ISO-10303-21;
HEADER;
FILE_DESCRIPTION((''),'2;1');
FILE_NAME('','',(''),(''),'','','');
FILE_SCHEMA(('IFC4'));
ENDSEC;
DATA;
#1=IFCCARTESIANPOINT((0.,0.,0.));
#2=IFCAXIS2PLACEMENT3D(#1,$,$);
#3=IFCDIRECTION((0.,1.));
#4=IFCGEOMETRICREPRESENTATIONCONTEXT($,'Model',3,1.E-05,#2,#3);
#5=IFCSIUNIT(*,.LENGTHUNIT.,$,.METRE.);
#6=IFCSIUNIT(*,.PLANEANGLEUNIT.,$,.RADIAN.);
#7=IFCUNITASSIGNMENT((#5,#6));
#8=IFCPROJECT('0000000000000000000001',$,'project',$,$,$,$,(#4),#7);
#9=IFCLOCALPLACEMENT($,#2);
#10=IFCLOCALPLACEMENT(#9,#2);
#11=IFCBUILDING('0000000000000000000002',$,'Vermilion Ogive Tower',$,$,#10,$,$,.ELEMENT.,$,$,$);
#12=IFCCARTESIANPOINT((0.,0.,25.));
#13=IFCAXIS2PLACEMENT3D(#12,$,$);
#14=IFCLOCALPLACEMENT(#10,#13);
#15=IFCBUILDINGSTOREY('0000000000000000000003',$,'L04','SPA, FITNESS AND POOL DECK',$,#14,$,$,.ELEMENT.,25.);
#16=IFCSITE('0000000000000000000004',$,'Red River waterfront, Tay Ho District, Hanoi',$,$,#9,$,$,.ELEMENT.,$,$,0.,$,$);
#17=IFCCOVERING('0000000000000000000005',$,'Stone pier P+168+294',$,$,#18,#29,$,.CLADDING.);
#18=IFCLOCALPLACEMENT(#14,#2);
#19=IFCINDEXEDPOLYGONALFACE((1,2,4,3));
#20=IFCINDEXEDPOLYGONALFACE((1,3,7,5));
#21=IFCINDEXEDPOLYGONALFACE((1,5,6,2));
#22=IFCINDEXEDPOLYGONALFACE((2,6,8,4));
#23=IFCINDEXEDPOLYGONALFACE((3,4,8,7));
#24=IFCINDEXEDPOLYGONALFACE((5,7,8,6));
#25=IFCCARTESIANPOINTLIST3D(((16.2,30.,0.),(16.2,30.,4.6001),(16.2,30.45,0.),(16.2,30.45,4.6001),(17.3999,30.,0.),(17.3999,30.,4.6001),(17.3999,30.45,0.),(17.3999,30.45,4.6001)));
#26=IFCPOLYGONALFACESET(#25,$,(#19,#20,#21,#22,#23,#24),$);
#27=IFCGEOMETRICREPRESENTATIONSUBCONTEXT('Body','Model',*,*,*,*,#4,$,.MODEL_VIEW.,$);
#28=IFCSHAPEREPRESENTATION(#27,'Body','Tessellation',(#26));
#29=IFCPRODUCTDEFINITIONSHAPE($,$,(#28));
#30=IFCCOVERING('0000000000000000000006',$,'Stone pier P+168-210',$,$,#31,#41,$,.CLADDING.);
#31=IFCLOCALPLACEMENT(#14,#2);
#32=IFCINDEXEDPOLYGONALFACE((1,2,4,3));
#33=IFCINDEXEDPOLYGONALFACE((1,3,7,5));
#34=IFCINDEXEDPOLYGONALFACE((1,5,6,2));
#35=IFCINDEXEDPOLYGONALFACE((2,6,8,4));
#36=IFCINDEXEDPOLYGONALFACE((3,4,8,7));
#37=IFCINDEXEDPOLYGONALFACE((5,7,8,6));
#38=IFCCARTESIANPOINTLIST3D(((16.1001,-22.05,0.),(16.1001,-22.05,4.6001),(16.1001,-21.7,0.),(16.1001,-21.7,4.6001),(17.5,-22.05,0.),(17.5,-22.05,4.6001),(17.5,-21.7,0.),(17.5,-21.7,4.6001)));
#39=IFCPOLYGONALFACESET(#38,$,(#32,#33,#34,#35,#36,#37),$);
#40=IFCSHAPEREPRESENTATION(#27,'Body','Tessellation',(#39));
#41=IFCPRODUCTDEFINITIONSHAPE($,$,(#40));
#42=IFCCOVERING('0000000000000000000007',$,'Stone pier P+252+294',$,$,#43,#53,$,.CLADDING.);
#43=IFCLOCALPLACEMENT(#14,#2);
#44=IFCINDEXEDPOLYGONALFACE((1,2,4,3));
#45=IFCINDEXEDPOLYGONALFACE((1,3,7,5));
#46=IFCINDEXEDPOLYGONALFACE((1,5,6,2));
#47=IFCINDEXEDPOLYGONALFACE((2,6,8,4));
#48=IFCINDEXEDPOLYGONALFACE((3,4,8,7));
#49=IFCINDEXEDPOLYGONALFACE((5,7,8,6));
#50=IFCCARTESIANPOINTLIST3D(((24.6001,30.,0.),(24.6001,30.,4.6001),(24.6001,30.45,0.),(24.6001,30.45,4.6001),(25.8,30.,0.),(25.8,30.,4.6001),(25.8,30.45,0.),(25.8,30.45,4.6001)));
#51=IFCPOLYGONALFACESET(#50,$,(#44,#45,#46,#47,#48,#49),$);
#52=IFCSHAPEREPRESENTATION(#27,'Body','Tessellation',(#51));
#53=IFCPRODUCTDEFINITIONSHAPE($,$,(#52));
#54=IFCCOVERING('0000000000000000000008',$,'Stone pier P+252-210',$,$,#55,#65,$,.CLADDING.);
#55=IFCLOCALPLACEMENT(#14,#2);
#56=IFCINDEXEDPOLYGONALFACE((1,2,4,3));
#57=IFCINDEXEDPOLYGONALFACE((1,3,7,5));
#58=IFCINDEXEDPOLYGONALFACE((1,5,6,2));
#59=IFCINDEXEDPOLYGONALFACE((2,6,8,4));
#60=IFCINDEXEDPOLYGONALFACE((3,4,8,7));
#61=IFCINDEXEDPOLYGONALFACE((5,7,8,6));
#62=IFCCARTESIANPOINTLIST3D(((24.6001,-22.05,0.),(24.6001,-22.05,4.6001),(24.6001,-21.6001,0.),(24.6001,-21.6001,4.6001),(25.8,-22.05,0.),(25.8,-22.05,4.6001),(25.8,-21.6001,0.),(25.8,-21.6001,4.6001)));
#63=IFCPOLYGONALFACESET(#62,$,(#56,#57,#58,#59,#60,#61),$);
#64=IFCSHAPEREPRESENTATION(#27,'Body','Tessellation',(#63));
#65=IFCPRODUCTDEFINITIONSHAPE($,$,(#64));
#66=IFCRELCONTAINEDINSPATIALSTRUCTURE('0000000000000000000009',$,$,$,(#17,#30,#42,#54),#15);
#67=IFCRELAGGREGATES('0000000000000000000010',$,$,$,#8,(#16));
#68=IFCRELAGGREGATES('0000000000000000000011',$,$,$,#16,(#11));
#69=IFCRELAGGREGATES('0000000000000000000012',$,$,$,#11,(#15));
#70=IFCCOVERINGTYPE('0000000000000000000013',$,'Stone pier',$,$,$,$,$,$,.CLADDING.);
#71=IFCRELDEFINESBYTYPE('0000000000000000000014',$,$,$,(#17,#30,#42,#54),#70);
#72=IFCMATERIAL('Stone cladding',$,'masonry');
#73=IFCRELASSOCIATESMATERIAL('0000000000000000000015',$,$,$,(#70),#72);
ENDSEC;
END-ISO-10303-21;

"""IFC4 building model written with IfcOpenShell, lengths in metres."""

from ifc_helpers import new_model, si_unit, direction, frame, origin, place, context, subcontext, project, spatial, polyline, outline, extrude, material, type_object, element, save


model = new_model("IFC4")

# Units and contexts
model_context = context("Model", 3, precision=1e-05, world=origin(), true_north=direction((0.0, 1.0)))
body_context = subcontext(model_context, "Body", "Model", "MODEL_VIEW")
ifc_project = project(units=[si_unit("LENGTHUNIT", "METRE"), si_unit("PLANEANGLEUNIT", "RADIAN")], contexts=[model_context])

# Site, building, storey
site_placement = place(None, origin())
site = spatial("IfcSite", under=ifc_project, at=site_placement, Name="Red River waterfront, Tay Ho District, Hanoi", CompositionType="ELEMENT", RefElevation=0.0)
building_placement = place(site_placement, origin())
building = spatial("IfcBuilding", under=site, at=building_placement, Name="Vermilion Ogive Tower", CompositionType="ELEMENT")
storey_placement = place(building_placement, frame((0.0, 0.0, 25.0)))
storey = spatial("IfcBuildingStorey", under=building, at=storey_placement, Name="L04", Description="SPA, FITNESS AND POOL DECK", CompositionType="ELEMENT", Elevation=25.0)

# Coverings
ifc_material_1 = material(Name="Stone cladding", Category="masonry")
covering_type = type_object("IfcCoveringType", Name="Stone pier", PredefinedType="CLADDING", material=ifc_material_1)
covering_1_placement = place(storey_placement, origin())
element("IfcCovering", 1, at=covering_1_placement, inside=storey, type_object=covering_type, Name="Stone pier P+168+294", PredefinedType="CLADDING", context=body_context, shape_type="SweptSolid", body=[
    extrude(outline(polyline([(16.2, 30.45), (17.3999, 30.45), (17.3999, 30.0), (16.2, 30.0), (16.2, 30.45)])), origin(), (0.0, 0.0, 1.0), 4.6001),
])
covering_2_placement = place(storey_placement, origin())
element("IfcCovering", 2, at=covering_2_placement, inside=storey, type_object=covering_type, Name="Stone pier P+168-210", PredefinedType="CLADDING", context=body_context, shape_type="SweptSolid", body=[
    extrude(outline(polyline([(17.5, -21.7), (17.5, -21.7), (17.5, -22.05), (16.1001, -22.05), (16.1001, -21.7), (16.1001, -21.7), (17.5, -21.7)])), origin(), (0.0, 0.0, 1.0), 4.6001),
])
covering_3_placement = place(storey_placement, origin())
element("IfcCovering", 3, at=covering_3_placement, inside=storey, type_object=covering_type, Name="Stone pier P+252+294", PredefinedType="CLADDING", context=body_context, shape_type="SweptSolid", body=[
    extrude(outline(polyline([(24.6001, 30.45), (25.8, 30.45), (25.8, 30.0), (24.6001, 30.0), (24.6001, 30.45)])), origin(), (0.0, 0.0, 1.0), 4.6001),
])
covering_4_placement = place(storey_placement, origin())
element("IfcCovering", 4, at=covering_4_placement, inside=storey, type_object=covering_type, Name="Stone pier P+252-210", PredefinedType="CLADDING", context=body_context, shape_type="SweptSolid", body=[
    extrude(outline(polyline([(25.8, -22.05), (24.6001, -22.05), (24.6001, -21.6001), (25.8, -21.6001), (25.8, -22.05)])), origin(), (0.0, 0.0, 1.0), 4.6001),
])

save(model, "model.ifc")
